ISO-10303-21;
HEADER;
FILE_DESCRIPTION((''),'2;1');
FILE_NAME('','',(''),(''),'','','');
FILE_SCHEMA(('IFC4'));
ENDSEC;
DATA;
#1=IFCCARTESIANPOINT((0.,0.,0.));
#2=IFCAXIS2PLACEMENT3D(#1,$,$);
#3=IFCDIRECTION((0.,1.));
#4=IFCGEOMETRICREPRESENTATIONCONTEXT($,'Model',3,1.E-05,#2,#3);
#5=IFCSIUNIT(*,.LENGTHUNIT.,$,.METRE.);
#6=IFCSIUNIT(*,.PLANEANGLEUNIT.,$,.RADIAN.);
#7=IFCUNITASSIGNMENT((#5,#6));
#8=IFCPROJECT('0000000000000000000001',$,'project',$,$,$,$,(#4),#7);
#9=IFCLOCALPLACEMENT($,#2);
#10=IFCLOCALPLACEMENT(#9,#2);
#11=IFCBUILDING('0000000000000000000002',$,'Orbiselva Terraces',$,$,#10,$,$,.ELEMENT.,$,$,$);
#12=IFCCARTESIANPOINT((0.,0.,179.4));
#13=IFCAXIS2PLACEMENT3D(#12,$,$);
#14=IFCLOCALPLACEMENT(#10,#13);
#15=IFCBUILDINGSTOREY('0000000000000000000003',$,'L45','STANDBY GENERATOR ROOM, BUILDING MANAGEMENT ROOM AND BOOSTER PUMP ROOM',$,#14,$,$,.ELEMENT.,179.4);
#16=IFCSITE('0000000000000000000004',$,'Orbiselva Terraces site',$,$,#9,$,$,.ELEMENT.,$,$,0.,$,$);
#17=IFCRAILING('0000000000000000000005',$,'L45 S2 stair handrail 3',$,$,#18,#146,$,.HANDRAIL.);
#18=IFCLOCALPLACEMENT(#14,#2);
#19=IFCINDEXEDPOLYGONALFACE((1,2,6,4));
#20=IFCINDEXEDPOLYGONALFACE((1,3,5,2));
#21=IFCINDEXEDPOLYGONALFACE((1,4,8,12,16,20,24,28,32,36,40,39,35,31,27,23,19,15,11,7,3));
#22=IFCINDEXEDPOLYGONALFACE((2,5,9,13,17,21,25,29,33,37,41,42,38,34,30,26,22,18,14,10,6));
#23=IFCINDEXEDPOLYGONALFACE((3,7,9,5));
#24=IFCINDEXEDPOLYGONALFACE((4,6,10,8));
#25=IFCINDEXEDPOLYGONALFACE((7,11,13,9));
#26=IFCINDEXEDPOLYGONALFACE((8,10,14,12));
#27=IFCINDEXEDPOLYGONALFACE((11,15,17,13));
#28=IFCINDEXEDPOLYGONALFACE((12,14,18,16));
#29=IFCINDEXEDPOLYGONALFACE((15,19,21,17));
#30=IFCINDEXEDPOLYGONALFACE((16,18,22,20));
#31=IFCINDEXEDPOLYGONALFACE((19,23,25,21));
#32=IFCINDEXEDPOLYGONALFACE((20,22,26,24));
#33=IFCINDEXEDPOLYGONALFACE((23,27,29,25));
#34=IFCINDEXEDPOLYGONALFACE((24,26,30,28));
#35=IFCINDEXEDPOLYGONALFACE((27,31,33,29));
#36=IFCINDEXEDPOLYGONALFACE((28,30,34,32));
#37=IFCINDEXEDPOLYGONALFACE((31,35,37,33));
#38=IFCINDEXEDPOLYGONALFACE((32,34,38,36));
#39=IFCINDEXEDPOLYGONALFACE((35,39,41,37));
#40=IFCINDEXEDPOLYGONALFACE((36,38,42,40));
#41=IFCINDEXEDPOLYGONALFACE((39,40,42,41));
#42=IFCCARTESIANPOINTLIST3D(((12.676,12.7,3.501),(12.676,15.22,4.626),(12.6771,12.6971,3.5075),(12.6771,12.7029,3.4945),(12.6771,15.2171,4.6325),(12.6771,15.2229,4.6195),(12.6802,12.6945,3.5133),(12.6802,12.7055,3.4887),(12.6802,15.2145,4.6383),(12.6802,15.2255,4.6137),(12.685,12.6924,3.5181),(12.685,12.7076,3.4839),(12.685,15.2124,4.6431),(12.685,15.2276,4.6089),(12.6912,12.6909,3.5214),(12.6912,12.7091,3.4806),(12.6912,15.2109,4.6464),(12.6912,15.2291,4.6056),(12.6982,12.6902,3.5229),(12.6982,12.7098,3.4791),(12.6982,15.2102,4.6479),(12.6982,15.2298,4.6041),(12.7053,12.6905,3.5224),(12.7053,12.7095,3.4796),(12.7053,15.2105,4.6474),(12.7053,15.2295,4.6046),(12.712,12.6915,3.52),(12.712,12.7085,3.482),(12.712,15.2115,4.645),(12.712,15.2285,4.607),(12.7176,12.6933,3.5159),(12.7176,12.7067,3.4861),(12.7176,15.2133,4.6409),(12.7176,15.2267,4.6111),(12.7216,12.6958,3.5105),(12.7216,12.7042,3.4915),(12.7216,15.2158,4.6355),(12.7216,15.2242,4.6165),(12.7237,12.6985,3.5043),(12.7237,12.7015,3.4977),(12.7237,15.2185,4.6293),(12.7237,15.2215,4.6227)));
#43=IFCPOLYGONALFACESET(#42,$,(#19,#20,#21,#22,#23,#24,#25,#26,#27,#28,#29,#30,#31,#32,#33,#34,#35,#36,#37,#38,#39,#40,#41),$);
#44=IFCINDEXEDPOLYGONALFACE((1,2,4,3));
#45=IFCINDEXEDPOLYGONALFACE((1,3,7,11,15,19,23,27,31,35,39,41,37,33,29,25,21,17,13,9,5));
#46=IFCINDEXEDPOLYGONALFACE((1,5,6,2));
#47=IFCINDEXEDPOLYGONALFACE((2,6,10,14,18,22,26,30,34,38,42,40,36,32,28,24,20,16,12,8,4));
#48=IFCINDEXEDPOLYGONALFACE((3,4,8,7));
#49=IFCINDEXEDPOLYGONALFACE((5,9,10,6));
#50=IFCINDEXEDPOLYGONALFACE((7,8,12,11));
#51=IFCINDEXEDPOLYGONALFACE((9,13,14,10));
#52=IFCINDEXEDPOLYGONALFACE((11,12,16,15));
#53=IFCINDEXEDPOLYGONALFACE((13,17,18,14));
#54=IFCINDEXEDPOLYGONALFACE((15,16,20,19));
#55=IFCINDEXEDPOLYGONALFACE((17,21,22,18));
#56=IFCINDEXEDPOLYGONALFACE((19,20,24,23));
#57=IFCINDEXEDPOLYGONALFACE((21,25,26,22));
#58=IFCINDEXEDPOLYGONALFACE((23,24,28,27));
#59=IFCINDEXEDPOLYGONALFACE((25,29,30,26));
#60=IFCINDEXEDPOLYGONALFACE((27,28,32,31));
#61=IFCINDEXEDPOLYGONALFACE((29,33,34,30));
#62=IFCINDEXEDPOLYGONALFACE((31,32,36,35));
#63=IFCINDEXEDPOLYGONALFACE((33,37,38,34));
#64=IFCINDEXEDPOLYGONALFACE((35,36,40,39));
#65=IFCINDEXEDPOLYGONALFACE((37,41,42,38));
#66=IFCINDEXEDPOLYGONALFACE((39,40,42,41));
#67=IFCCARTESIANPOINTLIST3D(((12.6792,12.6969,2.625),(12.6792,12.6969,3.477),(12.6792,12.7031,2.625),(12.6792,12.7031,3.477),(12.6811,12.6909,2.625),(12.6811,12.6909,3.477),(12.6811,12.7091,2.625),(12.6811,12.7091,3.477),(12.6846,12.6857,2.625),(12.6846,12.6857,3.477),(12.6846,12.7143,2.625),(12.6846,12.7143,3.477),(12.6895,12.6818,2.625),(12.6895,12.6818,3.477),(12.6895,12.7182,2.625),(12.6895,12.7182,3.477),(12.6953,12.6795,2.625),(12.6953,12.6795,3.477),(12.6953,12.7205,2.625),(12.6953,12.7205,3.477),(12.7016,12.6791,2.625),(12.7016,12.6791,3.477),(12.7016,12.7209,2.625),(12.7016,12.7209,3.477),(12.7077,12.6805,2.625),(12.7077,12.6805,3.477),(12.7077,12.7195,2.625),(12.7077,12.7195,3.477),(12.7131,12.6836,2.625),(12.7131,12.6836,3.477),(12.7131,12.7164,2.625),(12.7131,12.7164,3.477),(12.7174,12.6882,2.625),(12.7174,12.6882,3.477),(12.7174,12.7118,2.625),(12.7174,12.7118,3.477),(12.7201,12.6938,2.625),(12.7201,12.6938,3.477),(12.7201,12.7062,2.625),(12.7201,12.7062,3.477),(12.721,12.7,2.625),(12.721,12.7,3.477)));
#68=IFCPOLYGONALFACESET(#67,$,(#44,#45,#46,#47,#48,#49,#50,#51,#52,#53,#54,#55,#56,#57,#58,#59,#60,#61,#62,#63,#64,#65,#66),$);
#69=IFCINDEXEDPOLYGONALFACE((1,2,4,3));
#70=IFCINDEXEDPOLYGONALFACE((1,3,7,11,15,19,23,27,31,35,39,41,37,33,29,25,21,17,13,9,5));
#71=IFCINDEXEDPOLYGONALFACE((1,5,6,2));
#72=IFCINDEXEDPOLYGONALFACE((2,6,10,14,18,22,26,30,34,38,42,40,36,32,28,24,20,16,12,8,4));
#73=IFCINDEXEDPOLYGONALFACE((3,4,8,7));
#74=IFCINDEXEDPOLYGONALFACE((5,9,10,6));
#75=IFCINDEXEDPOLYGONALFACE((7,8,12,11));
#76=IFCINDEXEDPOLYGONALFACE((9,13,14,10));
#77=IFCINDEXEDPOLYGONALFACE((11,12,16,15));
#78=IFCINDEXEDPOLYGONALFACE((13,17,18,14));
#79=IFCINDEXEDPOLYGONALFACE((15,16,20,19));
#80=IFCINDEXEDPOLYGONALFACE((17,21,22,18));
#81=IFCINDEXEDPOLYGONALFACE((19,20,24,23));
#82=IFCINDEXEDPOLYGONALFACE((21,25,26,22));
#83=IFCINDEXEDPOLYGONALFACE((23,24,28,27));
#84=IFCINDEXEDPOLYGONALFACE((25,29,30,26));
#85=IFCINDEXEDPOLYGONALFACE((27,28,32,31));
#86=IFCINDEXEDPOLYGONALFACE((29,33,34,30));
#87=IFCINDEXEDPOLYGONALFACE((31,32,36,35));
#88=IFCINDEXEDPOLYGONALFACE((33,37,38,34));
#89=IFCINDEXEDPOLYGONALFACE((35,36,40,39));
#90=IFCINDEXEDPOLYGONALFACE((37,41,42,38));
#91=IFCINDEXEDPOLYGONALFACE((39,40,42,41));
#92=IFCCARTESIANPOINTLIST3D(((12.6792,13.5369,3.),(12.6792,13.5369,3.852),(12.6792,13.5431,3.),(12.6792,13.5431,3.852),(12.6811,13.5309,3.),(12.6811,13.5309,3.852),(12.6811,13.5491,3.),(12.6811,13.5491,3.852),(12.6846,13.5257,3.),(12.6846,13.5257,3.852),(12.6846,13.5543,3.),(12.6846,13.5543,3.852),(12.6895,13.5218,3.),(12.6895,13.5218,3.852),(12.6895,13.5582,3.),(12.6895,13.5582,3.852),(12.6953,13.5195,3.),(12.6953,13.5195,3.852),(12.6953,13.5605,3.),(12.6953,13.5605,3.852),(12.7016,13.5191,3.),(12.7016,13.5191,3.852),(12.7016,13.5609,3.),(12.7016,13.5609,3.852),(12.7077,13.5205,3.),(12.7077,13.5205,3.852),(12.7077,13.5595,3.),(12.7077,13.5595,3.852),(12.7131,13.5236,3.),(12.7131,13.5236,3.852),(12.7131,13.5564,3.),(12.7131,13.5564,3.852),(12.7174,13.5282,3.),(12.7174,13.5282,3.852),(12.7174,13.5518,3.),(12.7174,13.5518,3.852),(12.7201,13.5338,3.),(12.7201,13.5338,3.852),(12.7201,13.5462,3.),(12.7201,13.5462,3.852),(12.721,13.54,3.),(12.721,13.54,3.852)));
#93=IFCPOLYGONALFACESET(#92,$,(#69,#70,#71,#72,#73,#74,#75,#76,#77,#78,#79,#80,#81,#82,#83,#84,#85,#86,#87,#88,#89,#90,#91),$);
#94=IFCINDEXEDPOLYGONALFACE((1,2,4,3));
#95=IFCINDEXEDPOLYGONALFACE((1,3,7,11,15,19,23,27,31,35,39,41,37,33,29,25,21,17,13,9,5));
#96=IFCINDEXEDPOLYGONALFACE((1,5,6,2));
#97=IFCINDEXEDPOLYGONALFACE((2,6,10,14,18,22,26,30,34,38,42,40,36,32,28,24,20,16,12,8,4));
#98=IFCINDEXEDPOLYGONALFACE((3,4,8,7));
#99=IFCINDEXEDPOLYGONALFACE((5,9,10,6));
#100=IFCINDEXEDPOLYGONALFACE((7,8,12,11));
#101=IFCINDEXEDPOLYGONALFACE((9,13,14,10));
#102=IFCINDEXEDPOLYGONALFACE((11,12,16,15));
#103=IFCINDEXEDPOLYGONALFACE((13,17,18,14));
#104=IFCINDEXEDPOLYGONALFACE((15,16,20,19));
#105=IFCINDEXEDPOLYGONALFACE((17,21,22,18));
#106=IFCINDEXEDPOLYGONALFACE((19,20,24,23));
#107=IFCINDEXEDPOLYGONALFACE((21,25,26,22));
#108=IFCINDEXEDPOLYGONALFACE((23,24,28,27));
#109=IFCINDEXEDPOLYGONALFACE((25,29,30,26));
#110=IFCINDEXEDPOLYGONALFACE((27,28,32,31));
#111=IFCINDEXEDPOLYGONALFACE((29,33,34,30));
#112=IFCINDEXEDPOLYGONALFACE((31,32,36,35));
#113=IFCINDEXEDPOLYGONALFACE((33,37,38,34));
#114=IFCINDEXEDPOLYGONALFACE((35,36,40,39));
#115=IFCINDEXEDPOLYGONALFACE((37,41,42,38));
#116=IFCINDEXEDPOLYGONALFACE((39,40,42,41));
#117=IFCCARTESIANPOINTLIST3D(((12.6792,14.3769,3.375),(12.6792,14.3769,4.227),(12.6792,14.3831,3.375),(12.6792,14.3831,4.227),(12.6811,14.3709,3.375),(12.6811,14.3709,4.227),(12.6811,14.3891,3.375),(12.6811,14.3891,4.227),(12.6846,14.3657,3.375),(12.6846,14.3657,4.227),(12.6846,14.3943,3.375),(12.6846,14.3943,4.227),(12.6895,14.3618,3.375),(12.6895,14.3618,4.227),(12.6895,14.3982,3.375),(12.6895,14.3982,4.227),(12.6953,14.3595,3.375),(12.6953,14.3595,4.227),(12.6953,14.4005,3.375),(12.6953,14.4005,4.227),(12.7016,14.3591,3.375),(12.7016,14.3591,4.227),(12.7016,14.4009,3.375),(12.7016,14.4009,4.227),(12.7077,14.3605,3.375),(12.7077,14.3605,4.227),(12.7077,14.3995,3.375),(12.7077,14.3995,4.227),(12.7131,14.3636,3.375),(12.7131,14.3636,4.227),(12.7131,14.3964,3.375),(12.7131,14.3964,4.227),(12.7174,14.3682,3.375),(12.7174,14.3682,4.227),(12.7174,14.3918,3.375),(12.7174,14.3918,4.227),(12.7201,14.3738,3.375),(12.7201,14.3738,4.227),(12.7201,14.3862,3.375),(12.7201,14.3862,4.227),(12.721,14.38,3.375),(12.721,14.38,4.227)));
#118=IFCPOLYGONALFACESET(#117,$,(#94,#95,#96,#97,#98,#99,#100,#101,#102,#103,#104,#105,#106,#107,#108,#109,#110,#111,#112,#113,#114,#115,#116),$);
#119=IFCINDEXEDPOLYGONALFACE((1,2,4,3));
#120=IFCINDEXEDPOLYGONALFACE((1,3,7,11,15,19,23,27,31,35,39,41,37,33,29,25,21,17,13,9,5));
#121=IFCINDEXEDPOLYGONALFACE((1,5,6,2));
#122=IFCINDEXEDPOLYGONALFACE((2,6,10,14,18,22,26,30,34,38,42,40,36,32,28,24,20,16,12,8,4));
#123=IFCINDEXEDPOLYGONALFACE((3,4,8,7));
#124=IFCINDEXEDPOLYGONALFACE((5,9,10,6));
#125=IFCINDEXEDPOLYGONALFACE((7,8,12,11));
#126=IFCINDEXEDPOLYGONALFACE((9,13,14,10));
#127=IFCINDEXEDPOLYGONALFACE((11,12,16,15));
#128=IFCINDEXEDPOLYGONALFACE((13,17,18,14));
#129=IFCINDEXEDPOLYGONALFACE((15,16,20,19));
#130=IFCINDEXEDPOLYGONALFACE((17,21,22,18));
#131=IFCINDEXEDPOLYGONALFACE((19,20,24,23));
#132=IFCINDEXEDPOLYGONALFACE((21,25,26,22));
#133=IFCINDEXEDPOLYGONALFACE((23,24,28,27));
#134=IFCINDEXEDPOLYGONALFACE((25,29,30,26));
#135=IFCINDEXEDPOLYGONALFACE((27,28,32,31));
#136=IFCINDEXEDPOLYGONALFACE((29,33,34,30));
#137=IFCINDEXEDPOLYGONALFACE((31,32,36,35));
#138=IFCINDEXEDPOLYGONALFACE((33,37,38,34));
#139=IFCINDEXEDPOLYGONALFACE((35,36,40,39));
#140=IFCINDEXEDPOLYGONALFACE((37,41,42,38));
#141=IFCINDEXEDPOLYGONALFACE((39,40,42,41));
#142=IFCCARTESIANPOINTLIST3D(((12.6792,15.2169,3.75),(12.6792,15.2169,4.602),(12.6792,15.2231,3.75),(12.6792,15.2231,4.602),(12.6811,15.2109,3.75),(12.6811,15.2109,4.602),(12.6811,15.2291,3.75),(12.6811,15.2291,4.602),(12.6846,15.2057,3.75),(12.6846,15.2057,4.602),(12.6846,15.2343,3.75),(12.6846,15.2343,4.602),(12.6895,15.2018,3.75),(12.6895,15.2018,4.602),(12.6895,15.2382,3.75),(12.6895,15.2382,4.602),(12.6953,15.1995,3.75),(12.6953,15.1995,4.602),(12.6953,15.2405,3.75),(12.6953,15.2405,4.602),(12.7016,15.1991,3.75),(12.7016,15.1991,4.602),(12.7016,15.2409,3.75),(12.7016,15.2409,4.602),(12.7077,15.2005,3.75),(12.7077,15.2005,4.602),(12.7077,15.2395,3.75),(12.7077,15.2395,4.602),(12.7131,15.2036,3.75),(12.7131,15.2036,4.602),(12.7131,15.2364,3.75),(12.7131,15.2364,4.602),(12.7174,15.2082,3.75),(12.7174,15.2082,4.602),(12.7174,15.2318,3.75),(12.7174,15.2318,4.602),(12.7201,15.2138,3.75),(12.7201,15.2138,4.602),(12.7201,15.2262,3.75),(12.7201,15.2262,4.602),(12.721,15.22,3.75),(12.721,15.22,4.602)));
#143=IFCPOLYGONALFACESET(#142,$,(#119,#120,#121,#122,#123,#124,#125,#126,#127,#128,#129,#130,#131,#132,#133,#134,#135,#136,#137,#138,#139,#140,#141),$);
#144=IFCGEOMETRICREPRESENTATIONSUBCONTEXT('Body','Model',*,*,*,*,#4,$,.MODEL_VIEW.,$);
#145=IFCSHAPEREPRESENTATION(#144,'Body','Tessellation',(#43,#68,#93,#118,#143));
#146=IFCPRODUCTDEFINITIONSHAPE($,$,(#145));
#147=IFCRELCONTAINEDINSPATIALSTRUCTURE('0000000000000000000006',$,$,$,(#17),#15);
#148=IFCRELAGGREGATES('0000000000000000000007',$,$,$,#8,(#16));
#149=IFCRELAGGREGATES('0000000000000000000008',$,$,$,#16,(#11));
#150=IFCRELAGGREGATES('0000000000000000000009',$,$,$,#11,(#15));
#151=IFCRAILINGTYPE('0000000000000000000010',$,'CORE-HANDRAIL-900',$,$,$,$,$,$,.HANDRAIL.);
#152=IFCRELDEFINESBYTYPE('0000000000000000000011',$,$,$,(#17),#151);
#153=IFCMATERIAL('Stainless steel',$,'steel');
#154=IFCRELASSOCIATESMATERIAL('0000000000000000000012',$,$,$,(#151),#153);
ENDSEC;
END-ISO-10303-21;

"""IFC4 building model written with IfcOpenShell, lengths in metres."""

from ifc_helpers import new_model, si_unit, direction, frame, origin, origin_2d, place, context, subcontext, project, spatial, circle, extrude, material, type_object, element, save


model = new_model("IFC4")

# Units and contexts
model_context = context("Model", 3, precision=1e-05, world=origin(), true_north=direction((0.0, 1.0)))
body_context = subcontext(model_context, "Body", "Model", "MODEL_VIEW")
ifc_project = project(units=[si_unit("LENGTHUNIT", "METRE"), si_unit("PLANEANGLEUNIT", "RADIAN")], contexts=[model_context])

# Site, building, storey
site_placement = place(None, origin())
site = spatial("IfcSite", under=ifc_project, at=site_placement, Name="Orbiselva Terraces site", CompositionType="ELEMENT", RefElevation=0.0)
building_placement = place(site_placement, origin())
building = spatial("IfcBuilding", under=site, at=building_placement, Name="Orbiselva Terraces", CompositionType="ELEMENT")
storey_placement = place(building_placement, frame((0.0, 0.0, 179.4)))
storey = spatial("IfcBuildingStorey", under=building, at=storey_placement, Name="L45", Description="STANDBY GENERATOR ROOM, BUILDING MANAGEMENT ROOM AND BOOSTER PUMP ROOM", CompositionType="ELEMENT", Elevation=179.4)

# Railing
ifc_material_1 = material(Name="Stainless steel", Category="steel")
railing_type_1 = type_object("IfcRailingType", Name="CORE-HANDRAIL-900", PredefinedType="HANDRAIL", material=ifc_material_1)
for number, where, name in (
    (1, (12.7, 12.7, 2.625), "L45 S2 stair handrail 3"),
):
    element("IfcRailing", number, at=place(storey_placement, frame(where)), inside=storey, type_object=railing_type_1, Name=name, PredefinedType="HANDRAIL", context=body_context, shape_type="SweptSolid", body=[
        extrude(circle(Radius=0.024, at=origin_2d()), frame((0.0, 0.0, 0.876), z_axis=(0.0, 0.913138, 0.407651), x_axis=(-1.0, 0.0, 0.0)), (0.0, 0.0, 1.0), 2.7597),
        extrude(circle(Radius=0.021, at=origin_2d()), origin(), (0.0, 0.0, 1.0), 0.852),
        extrude(circle(Radius=0.021, at=origin_2d()), frame((0.0, 0.84, 0.375)), (0.0, 0.0, 1.0), 0.852),
        extrude(circle(Radius=0.021, at=origin_2d()), frame((0.0, 1.68, 0.75)), (0.0, 0.0, 1.0), 0.852),
        extrude(circle(Radius=0.021, at=origin_2d()), frame((0.0, 2.52, 1.125)), (0.0, 0.0, 1.0), 0.852),
    ])

save(model, "model.ifc")
